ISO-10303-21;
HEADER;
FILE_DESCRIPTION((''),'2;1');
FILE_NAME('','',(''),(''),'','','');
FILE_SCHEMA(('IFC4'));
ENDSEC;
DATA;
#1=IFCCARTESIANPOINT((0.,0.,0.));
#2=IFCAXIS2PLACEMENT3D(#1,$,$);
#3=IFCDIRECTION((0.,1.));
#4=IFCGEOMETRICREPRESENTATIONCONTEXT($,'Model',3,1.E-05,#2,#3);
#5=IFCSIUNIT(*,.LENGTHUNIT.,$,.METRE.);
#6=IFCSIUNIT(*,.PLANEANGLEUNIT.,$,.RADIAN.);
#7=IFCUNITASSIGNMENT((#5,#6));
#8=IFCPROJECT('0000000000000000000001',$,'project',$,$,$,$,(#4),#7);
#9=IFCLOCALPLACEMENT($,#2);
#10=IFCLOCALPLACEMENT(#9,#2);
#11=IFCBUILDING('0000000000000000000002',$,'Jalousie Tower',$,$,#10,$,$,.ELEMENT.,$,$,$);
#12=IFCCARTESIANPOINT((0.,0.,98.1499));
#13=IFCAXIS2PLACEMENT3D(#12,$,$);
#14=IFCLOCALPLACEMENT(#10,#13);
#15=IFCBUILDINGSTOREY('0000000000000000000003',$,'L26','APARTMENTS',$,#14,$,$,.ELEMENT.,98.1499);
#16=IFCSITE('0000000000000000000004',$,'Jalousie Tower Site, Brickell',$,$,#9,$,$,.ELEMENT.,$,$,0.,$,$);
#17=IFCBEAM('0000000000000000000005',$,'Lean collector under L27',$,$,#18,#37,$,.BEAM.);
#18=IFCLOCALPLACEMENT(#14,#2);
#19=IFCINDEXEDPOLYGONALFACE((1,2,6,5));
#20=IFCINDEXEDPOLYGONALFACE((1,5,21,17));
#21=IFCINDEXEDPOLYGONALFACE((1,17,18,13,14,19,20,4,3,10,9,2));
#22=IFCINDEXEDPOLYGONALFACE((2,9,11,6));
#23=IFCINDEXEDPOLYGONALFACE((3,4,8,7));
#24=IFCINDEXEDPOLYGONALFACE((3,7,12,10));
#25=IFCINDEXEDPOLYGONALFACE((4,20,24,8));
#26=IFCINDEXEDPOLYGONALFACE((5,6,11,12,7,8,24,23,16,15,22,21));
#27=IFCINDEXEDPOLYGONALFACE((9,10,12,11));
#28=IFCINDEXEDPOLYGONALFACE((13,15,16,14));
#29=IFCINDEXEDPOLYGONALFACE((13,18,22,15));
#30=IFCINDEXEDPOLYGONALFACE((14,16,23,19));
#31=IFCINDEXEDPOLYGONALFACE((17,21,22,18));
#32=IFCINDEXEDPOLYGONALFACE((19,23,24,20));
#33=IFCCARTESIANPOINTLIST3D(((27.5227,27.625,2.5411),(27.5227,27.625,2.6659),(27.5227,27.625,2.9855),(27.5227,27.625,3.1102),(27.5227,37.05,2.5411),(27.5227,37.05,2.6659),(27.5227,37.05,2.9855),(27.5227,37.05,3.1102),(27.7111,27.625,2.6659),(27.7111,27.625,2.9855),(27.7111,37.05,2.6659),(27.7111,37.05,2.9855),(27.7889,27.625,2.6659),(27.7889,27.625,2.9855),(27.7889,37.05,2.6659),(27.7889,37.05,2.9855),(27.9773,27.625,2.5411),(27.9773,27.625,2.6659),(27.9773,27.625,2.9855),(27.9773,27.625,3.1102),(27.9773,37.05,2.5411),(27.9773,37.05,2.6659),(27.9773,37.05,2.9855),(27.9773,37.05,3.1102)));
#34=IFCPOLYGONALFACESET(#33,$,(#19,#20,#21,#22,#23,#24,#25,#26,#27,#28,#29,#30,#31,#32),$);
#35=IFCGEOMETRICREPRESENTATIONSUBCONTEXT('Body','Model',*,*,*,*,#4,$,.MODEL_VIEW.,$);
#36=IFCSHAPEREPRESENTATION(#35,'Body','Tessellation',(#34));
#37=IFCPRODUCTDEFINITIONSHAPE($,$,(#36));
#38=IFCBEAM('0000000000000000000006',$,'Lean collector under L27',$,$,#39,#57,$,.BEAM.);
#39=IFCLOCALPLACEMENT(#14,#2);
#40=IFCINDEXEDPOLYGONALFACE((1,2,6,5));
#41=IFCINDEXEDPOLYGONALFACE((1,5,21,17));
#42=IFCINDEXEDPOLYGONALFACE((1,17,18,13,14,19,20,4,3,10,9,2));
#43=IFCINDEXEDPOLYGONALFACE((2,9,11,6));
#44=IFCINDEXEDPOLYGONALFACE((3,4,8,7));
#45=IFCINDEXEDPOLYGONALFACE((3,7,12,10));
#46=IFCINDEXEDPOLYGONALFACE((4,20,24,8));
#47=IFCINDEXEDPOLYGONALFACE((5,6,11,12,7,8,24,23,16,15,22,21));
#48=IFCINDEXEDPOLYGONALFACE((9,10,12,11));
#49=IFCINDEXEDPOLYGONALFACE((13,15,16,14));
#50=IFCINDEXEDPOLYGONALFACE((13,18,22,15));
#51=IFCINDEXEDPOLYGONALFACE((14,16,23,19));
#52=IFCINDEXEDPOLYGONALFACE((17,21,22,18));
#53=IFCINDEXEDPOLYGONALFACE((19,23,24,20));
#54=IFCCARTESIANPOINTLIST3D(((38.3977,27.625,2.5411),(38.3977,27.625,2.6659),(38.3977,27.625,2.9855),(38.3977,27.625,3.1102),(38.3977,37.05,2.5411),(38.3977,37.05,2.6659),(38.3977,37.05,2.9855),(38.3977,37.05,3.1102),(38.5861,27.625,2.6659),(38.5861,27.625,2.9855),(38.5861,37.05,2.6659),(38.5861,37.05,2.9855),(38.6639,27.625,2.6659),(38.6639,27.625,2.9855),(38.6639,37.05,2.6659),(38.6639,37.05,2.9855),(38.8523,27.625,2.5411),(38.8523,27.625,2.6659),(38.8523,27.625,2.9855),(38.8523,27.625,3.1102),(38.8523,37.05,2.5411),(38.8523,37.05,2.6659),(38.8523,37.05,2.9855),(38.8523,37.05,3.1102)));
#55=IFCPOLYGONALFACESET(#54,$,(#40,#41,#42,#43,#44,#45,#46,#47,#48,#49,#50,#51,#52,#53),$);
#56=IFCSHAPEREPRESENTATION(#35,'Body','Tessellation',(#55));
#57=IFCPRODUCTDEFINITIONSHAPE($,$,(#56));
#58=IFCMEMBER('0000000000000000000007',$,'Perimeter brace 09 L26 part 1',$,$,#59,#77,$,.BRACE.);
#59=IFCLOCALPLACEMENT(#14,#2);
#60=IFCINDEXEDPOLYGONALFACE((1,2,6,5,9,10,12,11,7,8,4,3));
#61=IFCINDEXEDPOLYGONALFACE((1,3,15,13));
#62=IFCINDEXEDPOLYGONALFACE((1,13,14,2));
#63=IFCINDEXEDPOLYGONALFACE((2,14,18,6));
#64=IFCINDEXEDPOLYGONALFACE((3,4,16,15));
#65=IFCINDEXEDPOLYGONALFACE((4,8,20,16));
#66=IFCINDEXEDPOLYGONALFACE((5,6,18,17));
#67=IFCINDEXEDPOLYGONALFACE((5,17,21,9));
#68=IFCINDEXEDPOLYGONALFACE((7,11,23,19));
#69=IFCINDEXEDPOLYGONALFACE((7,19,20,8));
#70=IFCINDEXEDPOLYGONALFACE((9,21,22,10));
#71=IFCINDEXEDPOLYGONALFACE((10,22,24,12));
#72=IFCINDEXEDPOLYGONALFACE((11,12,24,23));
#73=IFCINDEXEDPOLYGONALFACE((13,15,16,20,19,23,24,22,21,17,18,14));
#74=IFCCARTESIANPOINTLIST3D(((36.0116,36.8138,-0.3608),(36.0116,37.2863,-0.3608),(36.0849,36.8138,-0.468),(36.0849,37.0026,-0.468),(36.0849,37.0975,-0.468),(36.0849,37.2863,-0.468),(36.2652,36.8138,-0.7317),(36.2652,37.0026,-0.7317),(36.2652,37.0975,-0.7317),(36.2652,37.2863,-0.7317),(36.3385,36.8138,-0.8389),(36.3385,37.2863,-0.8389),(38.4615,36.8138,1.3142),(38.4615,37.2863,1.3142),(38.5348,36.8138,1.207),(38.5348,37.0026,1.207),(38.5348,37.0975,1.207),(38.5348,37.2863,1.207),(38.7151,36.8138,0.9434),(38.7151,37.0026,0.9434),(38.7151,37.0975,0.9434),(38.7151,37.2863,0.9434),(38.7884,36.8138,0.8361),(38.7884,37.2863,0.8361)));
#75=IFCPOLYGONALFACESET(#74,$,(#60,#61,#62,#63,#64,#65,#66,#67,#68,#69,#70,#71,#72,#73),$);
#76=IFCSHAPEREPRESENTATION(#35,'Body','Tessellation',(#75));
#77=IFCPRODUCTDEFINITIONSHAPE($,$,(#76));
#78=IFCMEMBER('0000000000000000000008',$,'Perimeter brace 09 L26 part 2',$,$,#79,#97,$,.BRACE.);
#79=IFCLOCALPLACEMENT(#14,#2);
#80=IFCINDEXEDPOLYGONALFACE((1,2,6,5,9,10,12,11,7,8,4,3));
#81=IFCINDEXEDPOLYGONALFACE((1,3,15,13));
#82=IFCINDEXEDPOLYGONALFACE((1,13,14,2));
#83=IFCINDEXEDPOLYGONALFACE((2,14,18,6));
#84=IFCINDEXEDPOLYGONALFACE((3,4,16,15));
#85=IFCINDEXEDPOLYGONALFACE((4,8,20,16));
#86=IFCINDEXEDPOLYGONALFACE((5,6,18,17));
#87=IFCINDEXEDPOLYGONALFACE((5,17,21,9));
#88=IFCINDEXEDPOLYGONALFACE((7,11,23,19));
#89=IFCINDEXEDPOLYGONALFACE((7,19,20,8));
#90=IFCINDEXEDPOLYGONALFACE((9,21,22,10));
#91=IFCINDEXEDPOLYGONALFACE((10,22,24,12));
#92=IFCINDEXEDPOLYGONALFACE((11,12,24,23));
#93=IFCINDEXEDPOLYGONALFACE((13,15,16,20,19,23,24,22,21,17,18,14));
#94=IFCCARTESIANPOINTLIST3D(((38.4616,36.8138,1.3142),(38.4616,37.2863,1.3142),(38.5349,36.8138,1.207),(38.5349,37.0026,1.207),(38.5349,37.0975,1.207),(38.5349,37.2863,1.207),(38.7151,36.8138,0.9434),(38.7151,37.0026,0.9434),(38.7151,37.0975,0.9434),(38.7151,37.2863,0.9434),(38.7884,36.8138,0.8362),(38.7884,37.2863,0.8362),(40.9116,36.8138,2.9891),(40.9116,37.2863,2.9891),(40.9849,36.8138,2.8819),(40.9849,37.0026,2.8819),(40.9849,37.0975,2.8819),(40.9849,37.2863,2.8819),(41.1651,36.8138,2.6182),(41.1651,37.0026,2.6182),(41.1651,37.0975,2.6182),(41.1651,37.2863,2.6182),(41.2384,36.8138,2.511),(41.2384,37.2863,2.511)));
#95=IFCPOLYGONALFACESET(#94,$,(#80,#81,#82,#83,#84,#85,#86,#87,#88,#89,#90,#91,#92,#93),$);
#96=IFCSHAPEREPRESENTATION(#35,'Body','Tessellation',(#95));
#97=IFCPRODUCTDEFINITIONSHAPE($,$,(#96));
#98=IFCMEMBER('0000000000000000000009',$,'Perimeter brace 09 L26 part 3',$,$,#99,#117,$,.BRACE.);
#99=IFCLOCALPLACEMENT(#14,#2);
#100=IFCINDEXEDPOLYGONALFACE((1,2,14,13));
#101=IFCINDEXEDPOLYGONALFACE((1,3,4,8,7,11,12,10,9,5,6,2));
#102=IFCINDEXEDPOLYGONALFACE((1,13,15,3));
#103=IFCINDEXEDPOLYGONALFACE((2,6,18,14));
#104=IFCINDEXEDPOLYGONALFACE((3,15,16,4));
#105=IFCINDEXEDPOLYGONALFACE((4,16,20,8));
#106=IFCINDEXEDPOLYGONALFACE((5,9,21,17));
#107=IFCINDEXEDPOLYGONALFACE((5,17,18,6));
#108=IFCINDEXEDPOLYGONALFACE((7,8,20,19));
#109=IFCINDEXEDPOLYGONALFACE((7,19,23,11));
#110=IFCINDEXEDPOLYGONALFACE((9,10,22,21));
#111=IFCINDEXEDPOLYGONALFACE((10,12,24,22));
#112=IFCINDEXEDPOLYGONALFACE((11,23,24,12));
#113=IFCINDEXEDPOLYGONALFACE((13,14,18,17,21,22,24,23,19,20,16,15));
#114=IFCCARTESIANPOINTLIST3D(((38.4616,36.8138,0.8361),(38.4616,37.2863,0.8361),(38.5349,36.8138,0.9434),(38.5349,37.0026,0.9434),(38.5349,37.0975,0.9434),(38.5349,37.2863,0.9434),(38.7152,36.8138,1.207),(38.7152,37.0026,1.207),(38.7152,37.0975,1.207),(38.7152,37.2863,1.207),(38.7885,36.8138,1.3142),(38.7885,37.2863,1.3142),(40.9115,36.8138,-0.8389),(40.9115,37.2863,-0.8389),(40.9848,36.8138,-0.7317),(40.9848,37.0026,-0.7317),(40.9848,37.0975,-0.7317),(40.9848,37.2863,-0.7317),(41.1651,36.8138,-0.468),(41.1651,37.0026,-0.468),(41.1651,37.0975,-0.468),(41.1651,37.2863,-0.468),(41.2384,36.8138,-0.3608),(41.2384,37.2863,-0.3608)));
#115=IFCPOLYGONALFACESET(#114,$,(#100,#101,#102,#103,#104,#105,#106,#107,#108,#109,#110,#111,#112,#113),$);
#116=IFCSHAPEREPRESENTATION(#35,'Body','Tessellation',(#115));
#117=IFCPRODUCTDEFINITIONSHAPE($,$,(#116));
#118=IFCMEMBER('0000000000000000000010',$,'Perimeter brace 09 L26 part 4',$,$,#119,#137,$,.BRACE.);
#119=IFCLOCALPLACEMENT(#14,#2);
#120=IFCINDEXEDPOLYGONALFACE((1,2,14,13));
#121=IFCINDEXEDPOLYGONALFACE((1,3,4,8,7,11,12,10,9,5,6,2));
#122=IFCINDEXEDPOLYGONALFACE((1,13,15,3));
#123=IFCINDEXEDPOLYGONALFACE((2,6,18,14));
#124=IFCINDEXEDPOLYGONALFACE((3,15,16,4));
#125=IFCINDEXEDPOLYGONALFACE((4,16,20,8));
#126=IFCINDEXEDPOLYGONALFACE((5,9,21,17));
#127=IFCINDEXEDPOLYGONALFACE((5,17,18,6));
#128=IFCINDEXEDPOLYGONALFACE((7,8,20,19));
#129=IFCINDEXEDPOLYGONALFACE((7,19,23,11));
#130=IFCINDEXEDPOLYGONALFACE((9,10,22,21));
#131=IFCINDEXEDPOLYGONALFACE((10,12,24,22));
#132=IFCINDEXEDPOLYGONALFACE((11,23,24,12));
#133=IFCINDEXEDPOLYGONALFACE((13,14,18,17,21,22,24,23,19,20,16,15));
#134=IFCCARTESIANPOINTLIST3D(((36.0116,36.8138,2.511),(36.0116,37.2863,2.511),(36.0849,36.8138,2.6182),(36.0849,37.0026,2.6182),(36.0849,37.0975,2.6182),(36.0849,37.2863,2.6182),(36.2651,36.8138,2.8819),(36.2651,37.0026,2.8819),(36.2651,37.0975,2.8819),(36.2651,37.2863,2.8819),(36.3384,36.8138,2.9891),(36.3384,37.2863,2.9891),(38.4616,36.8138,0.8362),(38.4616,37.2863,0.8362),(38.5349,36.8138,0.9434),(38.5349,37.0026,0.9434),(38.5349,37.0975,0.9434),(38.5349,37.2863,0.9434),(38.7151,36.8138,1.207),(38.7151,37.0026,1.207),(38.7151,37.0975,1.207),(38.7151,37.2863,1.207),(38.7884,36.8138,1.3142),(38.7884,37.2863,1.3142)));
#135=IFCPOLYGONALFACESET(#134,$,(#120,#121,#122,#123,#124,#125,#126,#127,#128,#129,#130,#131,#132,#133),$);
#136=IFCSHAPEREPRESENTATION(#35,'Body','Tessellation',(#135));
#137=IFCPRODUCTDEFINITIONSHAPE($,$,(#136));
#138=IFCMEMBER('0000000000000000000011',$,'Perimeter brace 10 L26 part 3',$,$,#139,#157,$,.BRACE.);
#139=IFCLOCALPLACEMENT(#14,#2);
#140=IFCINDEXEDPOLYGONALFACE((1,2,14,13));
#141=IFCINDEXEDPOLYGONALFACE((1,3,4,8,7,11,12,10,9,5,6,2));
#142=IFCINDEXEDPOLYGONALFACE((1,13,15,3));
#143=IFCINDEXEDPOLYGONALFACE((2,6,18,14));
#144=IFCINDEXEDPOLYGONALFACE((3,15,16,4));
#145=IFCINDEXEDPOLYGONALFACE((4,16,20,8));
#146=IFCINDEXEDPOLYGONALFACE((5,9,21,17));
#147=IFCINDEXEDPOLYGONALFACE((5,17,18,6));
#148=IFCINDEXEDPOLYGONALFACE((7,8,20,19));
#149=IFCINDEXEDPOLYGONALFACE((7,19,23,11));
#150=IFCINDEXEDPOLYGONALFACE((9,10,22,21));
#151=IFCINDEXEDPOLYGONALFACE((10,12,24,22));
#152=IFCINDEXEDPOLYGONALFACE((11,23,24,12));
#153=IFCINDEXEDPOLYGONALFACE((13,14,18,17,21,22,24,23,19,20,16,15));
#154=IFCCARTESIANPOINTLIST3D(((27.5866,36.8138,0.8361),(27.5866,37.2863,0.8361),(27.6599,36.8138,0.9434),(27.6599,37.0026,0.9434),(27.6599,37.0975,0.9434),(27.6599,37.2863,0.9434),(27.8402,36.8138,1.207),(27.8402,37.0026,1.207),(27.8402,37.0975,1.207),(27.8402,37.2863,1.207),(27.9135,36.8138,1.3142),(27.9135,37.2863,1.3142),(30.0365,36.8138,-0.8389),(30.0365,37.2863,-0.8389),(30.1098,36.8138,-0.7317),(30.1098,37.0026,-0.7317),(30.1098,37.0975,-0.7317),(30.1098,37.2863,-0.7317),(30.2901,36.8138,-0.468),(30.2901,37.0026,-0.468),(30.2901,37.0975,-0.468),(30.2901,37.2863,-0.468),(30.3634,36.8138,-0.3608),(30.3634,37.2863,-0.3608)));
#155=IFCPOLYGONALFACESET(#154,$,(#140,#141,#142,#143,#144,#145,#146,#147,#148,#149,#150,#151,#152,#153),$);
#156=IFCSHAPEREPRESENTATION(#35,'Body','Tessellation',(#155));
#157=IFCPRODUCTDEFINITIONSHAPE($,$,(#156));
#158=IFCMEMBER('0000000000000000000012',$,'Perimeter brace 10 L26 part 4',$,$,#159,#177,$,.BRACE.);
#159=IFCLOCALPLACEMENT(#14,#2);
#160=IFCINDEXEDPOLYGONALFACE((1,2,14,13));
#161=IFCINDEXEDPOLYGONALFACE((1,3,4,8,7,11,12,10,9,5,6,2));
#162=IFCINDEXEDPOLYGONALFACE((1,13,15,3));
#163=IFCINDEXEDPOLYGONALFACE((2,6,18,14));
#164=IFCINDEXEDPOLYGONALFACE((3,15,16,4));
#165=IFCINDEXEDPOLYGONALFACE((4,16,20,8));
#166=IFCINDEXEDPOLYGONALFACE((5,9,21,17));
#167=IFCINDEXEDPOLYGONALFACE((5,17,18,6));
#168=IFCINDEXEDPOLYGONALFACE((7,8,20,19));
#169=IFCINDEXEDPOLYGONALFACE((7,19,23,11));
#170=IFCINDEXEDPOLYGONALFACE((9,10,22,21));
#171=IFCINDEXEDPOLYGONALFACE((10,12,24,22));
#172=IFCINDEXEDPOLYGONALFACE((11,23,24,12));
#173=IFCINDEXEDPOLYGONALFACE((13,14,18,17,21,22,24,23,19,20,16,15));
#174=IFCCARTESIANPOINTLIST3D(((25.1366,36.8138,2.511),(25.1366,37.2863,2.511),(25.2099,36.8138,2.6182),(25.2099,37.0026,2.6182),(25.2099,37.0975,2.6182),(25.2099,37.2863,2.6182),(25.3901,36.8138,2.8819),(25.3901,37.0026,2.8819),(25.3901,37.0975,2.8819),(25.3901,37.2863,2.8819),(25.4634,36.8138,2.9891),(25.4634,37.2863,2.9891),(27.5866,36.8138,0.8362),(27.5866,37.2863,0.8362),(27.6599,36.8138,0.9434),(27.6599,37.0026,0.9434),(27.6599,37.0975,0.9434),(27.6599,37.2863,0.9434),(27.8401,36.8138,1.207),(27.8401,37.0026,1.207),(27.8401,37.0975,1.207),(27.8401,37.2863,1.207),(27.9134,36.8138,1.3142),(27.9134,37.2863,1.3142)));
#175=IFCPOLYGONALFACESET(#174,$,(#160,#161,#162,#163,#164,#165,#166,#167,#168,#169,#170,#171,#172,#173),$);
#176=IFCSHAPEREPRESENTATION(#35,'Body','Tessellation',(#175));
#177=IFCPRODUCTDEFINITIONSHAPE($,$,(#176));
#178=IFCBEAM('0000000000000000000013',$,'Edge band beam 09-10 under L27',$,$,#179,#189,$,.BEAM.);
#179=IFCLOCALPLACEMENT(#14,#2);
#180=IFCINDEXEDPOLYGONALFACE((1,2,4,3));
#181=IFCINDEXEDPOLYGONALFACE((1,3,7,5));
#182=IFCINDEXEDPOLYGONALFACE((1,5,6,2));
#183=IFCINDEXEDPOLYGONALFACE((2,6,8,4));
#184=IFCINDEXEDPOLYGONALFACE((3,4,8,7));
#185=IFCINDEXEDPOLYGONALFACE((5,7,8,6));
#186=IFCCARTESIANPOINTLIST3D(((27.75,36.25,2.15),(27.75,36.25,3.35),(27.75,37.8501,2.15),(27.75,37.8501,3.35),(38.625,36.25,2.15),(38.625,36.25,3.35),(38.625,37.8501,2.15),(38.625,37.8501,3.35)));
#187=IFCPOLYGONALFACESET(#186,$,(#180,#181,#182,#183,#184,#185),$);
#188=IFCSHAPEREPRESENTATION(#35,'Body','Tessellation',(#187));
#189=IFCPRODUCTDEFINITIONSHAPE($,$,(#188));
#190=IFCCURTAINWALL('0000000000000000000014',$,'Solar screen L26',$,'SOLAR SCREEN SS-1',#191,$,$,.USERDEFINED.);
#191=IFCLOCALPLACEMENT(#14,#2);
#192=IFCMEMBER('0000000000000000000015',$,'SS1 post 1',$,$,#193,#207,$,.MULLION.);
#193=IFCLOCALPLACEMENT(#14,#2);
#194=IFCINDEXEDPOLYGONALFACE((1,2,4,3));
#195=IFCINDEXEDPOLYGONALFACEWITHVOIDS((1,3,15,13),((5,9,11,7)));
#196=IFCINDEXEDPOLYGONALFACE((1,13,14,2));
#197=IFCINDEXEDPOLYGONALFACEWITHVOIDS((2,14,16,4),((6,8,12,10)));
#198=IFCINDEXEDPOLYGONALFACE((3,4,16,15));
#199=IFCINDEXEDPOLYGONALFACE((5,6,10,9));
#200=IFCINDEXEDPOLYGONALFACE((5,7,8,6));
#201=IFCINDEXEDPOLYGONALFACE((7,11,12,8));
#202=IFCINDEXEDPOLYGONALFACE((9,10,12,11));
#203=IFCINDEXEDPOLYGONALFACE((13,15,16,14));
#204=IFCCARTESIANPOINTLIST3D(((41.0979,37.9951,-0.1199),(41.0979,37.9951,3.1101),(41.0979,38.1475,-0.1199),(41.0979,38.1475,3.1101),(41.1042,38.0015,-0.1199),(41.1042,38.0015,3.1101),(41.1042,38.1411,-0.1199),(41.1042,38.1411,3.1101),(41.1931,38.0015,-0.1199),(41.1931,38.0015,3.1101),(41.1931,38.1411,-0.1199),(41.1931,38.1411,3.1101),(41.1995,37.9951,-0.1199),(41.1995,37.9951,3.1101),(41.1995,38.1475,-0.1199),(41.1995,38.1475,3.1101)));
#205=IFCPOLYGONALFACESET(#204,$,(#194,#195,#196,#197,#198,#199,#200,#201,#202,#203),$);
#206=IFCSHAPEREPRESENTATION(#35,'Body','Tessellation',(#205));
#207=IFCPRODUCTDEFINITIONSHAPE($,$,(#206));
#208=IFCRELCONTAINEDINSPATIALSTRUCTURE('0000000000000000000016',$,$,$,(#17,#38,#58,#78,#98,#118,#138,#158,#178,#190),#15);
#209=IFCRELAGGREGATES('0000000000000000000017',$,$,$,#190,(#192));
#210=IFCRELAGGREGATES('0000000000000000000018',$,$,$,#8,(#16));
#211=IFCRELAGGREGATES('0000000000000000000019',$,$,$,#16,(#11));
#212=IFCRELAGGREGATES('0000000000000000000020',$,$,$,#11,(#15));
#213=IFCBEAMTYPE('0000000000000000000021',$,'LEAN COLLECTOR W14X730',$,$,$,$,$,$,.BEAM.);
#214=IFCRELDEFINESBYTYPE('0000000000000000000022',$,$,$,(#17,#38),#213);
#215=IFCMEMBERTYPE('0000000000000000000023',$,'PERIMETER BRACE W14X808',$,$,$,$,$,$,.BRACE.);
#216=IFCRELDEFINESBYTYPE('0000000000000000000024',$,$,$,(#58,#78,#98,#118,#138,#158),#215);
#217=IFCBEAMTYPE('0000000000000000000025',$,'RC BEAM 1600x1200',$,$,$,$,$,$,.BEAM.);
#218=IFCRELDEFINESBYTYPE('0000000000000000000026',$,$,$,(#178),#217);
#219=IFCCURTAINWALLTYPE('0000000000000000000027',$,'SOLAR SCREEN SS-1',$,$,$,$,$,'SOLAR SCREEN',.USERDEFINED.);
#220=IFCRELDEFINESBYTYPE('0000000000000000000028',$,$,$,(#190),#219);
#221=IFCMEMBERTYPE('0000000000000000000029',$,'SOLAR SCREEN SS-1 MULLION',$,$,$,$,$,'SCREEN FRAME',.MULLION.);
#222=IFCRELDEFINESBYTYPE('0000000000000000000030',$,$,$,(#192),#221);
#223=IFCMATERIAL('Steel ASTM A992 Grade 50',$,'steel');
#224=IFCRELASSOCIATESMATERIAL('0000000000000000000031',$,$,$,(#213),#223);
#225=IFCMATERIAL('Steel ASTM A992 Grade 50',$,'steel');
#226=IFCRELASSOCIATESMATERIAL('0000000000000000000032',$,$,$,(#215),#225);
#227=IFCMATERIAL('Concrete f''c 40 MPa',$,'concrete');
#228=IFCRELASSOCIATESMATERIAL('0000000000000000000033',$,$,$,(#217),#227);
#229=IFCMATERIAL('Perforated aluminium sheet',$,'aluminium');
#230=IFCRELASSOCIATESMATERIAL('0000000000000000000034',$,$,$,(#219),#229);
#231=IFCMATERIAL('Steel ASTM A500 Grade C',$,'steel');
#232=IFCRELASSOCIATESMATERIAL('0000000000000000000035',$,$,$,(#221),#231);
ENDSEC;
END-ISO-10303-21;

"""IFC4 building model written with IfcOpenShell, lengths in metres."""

from ifc_helpers import new_model, si_unit, direction, frame, origin, origin_2d, place, context, subcontext, project, spatial, rectangle, hollow_rectangle, i_section, extrude, material, material_profile, profile_set, type_object, element, aggregate, save


model = new_model("IFC4")

# Units and contexts
model_context = context("Model", 3, precision=1e-05, world=origin(), true_north=direction((0.0, 1.0)))
body_context = subcontext(model_context, "Body", "Model", "MODEL_VIEW")
ifc_project = project(units=[si_unit("LENGTHUNIT", "METRE"), si_unit("PLANEANGLEUNIT", "RADIAN")], contexts=[model_context])

# Site, building, storey
site_placement = place(None, origin())
site = spatial("IfcSite", under=ifc_project, at=site_placement, Name="Jalousie Tower Site, Brickell", CompositionType="ELEMENT", RefElevation=0.0)
building_placement = place(site_placement, origin())
building = spatial("IfcBuilding", under=site, at=building_placement, Name="Jalousie Tower", CompositionType="ELEMENT")
storey_placement = place(building_placement, frame((0.0, 0.0, 98.1499)))
storey = spatial("IfcBuildingStorey", under=building, at=storey_placement, Name="L26", Description="APARTMENTS", CompositionType="ELEMENT", Elevation=98.1499)

# Beams
ifc_material_1 = material(Name="Steel ASTM A992 Grade 50", Category="steel")
ifc_material_profile_1 = material_profile(ifc_material_1, i_section(OverallWidth=0.4546, OverallDepth=0.5691, WebThickness=0.0779, FlangeThickness=0.1248, at=origin_2d()), Name="W14X730")
ifc_profile_set_1 = profile_set([ifc_material_profile_1], Name="Steel ASTM A992 Grade 50")
beam_type_1 = type_object("IfcBeamType", Name="LEAN COLLECTOR W14X730", PredefinedType="BEAM", material=ifc_profile_set_1)
for number, where, z_axis, x_axis, name in (
    (1, (27.75, 37.05, 2.8257), (0.0, -1.0, 0.0), (1.0, 0.0, 0.0), "Lean collector under L27"),
    (2, (38.625, 37.05, 2.8257), (0.0, -1.0, 0.0), (1.0, 0.0, 0.0), "Lean collector under L27"),
):
    element("IfcBeam", number, at=place(storey_placement, frame(where, z_axis=z_axis, x_axis=x_axis)), inside=storey, type_object=beam_type_1, Name=name, PredefinedType="BEAM", context=body_context, shape_type="SweptSolid", body=[
        extrude(i_section(OverallWidth=0.4546, OverallDepth=0.5691, WebThickness=0.0779, FlangeThickness=0.1248, at=origin_2d()), origin(), (0.0, 0.0, 1.0), 9.425),
    ])

# Members
ifc_material_2 = material(Name="Steel ASTM A992 Grade 50", Category="steel")
ifc_material_profile_2 = material_profile(ifc_material_2, i_section(OverallWidth=0.4724, OverallDepth=0.5791, WebThickness=0.095, FlangeThickness=0.1299, at=origin_2d()), Name="W14X808")
ifc_profile_set_2 = profile_set([ifc_material_profile_2], Name="Steel ASTM A992 Grade 50")
member_type_1 = type_object("IfcMemberType", Name="PERIMETER BRACE W14X808", PredefinedType="BRACE", material=ifc_profile_set_2)
for number, where, z_axis, x_axis, name in (
    (3, (36.175, 37.05, -0.5999), (0.825501, 0.0, 0.564401), (0.0, 1.0, 0.0), "Perimeter brace 09 L26 part 1"),
    (4, (38.625, 37.05, 1.0752), (0.825539, 0.0, 0.564345), (0.0, 1.0, 0.0), "Perimeter brace 09 L26 part 2"),
    (5, (41.075, 37.05, -0.5999), (-0.825501, 0.0, 0.564401), (0.0, -1.0, 0.0), "Perimeter brace 09 L26 part 3"),
    (6, (38.625, 37.05, 1.0752), (-0.825539, 0.0, 0.564345), (0.0, -1.0, 0.0), "Perimeter brace 09 L26 part 4"),
    (7, (30.2, 37.05, -0.5999), (-0.825501, 0.0, 0.564401), (0.0, -1.0, 0.0), "Perimeter brace 10 L26 part 3"),
    (8, (27.75, 37.05, 1.0752), (-0.825539, 0.0, 0.564345), (0.0, -1.0, 0.0), "Perimeter brace 10 L26 part 4"),
):
    element("IfcMember", number, at=place(storey_placement, frame(where, z_axis=z_axis, x_axis=x_axis)), inside=storey, type_object=member_type_1, Name=name, PredefinedType="BRACE", context=body_context, shape_type="SweptSolid", body=[
        extrude(i_section(OverallWidth=0.4724, OverallDepth=0.5791, WebThickness=0.095, FlangeThickness=0.1299, at=origin_2d()), origin(), (0.0, 0.0, 1.0), 2.9678),
    ])

# Beam
ifc_material_3 = material(Name="Concrete f'c 40 MPa", Category="concrete")
ifc_material_profile_3 = material_profile(ifc_material_3, rectangle(XDim=1.6001, YDim=1.2, at=origin_2d()), Name="RC 1600x1200")
ifc_profile_set_3 = profile_set([ifc_material_profile_3], Name="Concrete f'c 40 MPa")
beam_type_2 = type_object("IfcBeamType", Name="RC BEAM 1600x1200", PredefinedType="BEAM", material=ifc_profile_set_3)
beam_placement = place(storey_placement, frame((38.625, 37.05, 2.75), z_axis=(-1.0, 0.0, 0.0), x_axis=(0.0, -1.0, 0.0)))
element("IfcBeam", 9, at=beam_placement, inside=storey, type_object=beam_type_2, Name="Edge band beam 09-10 under L27", PredefinedType="BEAM", context=body_context, shape_type="SweptSolid", body=[
    extrude(rectangle(XDim=1.6001, YDim=1.2, at=origin_2d()), origin(), (0.0, 0.0, 1.0), 10.875),
])

# Curtain wall, member
ifc_material_4 = material(Name="Perforated aluminium sheet", Category="aluminium")
curtain_wall_type = type_object("IfcCurtainWallType", Name="SOLAR SCREEN SS-1", ElementType="SOLAR SCREEN", PredefinedType="USERDEFINED", material=ifc_material_4)
curtain_wall_1_placement = place(storey_placement, origin())
curtain_wall_1 = element("IfcCurtainWall", 10, at=curtain_wall_1_placement, inside=storey, type_object=curtain_wall_type, Name="Solar screen L26", ObjectType="SOLAR SCREEN SS-1", PredefinedType="USERDEFINED")
ifc_material_5 = material(Name="Steel ASTM A500 Grade C", Category="steel")
ifc_material_profile_4 = material_profile(ifc_material_5, hollow_rectangle(XDim=0.1016, YDim=0.1523, WallThickness=0.0063, at=origin_2d()), Name="HSS6X4X1/4")
ifc_profile_set_4 = profile_set([ifc_material_profile_4], Name="Steel ASTM A500 Grade C")
member_type_2 = type_object("IfcMemberType", Name="SOLAR SCREEN SS-1 MULLION", ElementType="SCREEN FRAME", PredefinedType="MULLION", material=ifc_profile_set_4)
member_1_placement = place(storey_placement, frame((41.1487, 38.0713, -0.1199), z_axis=(0.0, 0.0, 1.0), x_axis=(-1.0, 0.0, 0.0)))
member_1 = element("IfcMember", 11, at=member_1_placement, type_object=member_type_2, Name="SS1 post 1", PredefinedType="MULLION", context=body_context, shape_type="SweptSolid", body=[
    extrude(hollow_rectangle(XDim=0.1016, YDim=0.1523, WallThickness=0.0063, at=origin_2d()), origin(), (0.0, 0.0, 1.0), 3.23),
])

aggregate(curtain_wall_1, [member_1])

save(model, "model.ifc")
